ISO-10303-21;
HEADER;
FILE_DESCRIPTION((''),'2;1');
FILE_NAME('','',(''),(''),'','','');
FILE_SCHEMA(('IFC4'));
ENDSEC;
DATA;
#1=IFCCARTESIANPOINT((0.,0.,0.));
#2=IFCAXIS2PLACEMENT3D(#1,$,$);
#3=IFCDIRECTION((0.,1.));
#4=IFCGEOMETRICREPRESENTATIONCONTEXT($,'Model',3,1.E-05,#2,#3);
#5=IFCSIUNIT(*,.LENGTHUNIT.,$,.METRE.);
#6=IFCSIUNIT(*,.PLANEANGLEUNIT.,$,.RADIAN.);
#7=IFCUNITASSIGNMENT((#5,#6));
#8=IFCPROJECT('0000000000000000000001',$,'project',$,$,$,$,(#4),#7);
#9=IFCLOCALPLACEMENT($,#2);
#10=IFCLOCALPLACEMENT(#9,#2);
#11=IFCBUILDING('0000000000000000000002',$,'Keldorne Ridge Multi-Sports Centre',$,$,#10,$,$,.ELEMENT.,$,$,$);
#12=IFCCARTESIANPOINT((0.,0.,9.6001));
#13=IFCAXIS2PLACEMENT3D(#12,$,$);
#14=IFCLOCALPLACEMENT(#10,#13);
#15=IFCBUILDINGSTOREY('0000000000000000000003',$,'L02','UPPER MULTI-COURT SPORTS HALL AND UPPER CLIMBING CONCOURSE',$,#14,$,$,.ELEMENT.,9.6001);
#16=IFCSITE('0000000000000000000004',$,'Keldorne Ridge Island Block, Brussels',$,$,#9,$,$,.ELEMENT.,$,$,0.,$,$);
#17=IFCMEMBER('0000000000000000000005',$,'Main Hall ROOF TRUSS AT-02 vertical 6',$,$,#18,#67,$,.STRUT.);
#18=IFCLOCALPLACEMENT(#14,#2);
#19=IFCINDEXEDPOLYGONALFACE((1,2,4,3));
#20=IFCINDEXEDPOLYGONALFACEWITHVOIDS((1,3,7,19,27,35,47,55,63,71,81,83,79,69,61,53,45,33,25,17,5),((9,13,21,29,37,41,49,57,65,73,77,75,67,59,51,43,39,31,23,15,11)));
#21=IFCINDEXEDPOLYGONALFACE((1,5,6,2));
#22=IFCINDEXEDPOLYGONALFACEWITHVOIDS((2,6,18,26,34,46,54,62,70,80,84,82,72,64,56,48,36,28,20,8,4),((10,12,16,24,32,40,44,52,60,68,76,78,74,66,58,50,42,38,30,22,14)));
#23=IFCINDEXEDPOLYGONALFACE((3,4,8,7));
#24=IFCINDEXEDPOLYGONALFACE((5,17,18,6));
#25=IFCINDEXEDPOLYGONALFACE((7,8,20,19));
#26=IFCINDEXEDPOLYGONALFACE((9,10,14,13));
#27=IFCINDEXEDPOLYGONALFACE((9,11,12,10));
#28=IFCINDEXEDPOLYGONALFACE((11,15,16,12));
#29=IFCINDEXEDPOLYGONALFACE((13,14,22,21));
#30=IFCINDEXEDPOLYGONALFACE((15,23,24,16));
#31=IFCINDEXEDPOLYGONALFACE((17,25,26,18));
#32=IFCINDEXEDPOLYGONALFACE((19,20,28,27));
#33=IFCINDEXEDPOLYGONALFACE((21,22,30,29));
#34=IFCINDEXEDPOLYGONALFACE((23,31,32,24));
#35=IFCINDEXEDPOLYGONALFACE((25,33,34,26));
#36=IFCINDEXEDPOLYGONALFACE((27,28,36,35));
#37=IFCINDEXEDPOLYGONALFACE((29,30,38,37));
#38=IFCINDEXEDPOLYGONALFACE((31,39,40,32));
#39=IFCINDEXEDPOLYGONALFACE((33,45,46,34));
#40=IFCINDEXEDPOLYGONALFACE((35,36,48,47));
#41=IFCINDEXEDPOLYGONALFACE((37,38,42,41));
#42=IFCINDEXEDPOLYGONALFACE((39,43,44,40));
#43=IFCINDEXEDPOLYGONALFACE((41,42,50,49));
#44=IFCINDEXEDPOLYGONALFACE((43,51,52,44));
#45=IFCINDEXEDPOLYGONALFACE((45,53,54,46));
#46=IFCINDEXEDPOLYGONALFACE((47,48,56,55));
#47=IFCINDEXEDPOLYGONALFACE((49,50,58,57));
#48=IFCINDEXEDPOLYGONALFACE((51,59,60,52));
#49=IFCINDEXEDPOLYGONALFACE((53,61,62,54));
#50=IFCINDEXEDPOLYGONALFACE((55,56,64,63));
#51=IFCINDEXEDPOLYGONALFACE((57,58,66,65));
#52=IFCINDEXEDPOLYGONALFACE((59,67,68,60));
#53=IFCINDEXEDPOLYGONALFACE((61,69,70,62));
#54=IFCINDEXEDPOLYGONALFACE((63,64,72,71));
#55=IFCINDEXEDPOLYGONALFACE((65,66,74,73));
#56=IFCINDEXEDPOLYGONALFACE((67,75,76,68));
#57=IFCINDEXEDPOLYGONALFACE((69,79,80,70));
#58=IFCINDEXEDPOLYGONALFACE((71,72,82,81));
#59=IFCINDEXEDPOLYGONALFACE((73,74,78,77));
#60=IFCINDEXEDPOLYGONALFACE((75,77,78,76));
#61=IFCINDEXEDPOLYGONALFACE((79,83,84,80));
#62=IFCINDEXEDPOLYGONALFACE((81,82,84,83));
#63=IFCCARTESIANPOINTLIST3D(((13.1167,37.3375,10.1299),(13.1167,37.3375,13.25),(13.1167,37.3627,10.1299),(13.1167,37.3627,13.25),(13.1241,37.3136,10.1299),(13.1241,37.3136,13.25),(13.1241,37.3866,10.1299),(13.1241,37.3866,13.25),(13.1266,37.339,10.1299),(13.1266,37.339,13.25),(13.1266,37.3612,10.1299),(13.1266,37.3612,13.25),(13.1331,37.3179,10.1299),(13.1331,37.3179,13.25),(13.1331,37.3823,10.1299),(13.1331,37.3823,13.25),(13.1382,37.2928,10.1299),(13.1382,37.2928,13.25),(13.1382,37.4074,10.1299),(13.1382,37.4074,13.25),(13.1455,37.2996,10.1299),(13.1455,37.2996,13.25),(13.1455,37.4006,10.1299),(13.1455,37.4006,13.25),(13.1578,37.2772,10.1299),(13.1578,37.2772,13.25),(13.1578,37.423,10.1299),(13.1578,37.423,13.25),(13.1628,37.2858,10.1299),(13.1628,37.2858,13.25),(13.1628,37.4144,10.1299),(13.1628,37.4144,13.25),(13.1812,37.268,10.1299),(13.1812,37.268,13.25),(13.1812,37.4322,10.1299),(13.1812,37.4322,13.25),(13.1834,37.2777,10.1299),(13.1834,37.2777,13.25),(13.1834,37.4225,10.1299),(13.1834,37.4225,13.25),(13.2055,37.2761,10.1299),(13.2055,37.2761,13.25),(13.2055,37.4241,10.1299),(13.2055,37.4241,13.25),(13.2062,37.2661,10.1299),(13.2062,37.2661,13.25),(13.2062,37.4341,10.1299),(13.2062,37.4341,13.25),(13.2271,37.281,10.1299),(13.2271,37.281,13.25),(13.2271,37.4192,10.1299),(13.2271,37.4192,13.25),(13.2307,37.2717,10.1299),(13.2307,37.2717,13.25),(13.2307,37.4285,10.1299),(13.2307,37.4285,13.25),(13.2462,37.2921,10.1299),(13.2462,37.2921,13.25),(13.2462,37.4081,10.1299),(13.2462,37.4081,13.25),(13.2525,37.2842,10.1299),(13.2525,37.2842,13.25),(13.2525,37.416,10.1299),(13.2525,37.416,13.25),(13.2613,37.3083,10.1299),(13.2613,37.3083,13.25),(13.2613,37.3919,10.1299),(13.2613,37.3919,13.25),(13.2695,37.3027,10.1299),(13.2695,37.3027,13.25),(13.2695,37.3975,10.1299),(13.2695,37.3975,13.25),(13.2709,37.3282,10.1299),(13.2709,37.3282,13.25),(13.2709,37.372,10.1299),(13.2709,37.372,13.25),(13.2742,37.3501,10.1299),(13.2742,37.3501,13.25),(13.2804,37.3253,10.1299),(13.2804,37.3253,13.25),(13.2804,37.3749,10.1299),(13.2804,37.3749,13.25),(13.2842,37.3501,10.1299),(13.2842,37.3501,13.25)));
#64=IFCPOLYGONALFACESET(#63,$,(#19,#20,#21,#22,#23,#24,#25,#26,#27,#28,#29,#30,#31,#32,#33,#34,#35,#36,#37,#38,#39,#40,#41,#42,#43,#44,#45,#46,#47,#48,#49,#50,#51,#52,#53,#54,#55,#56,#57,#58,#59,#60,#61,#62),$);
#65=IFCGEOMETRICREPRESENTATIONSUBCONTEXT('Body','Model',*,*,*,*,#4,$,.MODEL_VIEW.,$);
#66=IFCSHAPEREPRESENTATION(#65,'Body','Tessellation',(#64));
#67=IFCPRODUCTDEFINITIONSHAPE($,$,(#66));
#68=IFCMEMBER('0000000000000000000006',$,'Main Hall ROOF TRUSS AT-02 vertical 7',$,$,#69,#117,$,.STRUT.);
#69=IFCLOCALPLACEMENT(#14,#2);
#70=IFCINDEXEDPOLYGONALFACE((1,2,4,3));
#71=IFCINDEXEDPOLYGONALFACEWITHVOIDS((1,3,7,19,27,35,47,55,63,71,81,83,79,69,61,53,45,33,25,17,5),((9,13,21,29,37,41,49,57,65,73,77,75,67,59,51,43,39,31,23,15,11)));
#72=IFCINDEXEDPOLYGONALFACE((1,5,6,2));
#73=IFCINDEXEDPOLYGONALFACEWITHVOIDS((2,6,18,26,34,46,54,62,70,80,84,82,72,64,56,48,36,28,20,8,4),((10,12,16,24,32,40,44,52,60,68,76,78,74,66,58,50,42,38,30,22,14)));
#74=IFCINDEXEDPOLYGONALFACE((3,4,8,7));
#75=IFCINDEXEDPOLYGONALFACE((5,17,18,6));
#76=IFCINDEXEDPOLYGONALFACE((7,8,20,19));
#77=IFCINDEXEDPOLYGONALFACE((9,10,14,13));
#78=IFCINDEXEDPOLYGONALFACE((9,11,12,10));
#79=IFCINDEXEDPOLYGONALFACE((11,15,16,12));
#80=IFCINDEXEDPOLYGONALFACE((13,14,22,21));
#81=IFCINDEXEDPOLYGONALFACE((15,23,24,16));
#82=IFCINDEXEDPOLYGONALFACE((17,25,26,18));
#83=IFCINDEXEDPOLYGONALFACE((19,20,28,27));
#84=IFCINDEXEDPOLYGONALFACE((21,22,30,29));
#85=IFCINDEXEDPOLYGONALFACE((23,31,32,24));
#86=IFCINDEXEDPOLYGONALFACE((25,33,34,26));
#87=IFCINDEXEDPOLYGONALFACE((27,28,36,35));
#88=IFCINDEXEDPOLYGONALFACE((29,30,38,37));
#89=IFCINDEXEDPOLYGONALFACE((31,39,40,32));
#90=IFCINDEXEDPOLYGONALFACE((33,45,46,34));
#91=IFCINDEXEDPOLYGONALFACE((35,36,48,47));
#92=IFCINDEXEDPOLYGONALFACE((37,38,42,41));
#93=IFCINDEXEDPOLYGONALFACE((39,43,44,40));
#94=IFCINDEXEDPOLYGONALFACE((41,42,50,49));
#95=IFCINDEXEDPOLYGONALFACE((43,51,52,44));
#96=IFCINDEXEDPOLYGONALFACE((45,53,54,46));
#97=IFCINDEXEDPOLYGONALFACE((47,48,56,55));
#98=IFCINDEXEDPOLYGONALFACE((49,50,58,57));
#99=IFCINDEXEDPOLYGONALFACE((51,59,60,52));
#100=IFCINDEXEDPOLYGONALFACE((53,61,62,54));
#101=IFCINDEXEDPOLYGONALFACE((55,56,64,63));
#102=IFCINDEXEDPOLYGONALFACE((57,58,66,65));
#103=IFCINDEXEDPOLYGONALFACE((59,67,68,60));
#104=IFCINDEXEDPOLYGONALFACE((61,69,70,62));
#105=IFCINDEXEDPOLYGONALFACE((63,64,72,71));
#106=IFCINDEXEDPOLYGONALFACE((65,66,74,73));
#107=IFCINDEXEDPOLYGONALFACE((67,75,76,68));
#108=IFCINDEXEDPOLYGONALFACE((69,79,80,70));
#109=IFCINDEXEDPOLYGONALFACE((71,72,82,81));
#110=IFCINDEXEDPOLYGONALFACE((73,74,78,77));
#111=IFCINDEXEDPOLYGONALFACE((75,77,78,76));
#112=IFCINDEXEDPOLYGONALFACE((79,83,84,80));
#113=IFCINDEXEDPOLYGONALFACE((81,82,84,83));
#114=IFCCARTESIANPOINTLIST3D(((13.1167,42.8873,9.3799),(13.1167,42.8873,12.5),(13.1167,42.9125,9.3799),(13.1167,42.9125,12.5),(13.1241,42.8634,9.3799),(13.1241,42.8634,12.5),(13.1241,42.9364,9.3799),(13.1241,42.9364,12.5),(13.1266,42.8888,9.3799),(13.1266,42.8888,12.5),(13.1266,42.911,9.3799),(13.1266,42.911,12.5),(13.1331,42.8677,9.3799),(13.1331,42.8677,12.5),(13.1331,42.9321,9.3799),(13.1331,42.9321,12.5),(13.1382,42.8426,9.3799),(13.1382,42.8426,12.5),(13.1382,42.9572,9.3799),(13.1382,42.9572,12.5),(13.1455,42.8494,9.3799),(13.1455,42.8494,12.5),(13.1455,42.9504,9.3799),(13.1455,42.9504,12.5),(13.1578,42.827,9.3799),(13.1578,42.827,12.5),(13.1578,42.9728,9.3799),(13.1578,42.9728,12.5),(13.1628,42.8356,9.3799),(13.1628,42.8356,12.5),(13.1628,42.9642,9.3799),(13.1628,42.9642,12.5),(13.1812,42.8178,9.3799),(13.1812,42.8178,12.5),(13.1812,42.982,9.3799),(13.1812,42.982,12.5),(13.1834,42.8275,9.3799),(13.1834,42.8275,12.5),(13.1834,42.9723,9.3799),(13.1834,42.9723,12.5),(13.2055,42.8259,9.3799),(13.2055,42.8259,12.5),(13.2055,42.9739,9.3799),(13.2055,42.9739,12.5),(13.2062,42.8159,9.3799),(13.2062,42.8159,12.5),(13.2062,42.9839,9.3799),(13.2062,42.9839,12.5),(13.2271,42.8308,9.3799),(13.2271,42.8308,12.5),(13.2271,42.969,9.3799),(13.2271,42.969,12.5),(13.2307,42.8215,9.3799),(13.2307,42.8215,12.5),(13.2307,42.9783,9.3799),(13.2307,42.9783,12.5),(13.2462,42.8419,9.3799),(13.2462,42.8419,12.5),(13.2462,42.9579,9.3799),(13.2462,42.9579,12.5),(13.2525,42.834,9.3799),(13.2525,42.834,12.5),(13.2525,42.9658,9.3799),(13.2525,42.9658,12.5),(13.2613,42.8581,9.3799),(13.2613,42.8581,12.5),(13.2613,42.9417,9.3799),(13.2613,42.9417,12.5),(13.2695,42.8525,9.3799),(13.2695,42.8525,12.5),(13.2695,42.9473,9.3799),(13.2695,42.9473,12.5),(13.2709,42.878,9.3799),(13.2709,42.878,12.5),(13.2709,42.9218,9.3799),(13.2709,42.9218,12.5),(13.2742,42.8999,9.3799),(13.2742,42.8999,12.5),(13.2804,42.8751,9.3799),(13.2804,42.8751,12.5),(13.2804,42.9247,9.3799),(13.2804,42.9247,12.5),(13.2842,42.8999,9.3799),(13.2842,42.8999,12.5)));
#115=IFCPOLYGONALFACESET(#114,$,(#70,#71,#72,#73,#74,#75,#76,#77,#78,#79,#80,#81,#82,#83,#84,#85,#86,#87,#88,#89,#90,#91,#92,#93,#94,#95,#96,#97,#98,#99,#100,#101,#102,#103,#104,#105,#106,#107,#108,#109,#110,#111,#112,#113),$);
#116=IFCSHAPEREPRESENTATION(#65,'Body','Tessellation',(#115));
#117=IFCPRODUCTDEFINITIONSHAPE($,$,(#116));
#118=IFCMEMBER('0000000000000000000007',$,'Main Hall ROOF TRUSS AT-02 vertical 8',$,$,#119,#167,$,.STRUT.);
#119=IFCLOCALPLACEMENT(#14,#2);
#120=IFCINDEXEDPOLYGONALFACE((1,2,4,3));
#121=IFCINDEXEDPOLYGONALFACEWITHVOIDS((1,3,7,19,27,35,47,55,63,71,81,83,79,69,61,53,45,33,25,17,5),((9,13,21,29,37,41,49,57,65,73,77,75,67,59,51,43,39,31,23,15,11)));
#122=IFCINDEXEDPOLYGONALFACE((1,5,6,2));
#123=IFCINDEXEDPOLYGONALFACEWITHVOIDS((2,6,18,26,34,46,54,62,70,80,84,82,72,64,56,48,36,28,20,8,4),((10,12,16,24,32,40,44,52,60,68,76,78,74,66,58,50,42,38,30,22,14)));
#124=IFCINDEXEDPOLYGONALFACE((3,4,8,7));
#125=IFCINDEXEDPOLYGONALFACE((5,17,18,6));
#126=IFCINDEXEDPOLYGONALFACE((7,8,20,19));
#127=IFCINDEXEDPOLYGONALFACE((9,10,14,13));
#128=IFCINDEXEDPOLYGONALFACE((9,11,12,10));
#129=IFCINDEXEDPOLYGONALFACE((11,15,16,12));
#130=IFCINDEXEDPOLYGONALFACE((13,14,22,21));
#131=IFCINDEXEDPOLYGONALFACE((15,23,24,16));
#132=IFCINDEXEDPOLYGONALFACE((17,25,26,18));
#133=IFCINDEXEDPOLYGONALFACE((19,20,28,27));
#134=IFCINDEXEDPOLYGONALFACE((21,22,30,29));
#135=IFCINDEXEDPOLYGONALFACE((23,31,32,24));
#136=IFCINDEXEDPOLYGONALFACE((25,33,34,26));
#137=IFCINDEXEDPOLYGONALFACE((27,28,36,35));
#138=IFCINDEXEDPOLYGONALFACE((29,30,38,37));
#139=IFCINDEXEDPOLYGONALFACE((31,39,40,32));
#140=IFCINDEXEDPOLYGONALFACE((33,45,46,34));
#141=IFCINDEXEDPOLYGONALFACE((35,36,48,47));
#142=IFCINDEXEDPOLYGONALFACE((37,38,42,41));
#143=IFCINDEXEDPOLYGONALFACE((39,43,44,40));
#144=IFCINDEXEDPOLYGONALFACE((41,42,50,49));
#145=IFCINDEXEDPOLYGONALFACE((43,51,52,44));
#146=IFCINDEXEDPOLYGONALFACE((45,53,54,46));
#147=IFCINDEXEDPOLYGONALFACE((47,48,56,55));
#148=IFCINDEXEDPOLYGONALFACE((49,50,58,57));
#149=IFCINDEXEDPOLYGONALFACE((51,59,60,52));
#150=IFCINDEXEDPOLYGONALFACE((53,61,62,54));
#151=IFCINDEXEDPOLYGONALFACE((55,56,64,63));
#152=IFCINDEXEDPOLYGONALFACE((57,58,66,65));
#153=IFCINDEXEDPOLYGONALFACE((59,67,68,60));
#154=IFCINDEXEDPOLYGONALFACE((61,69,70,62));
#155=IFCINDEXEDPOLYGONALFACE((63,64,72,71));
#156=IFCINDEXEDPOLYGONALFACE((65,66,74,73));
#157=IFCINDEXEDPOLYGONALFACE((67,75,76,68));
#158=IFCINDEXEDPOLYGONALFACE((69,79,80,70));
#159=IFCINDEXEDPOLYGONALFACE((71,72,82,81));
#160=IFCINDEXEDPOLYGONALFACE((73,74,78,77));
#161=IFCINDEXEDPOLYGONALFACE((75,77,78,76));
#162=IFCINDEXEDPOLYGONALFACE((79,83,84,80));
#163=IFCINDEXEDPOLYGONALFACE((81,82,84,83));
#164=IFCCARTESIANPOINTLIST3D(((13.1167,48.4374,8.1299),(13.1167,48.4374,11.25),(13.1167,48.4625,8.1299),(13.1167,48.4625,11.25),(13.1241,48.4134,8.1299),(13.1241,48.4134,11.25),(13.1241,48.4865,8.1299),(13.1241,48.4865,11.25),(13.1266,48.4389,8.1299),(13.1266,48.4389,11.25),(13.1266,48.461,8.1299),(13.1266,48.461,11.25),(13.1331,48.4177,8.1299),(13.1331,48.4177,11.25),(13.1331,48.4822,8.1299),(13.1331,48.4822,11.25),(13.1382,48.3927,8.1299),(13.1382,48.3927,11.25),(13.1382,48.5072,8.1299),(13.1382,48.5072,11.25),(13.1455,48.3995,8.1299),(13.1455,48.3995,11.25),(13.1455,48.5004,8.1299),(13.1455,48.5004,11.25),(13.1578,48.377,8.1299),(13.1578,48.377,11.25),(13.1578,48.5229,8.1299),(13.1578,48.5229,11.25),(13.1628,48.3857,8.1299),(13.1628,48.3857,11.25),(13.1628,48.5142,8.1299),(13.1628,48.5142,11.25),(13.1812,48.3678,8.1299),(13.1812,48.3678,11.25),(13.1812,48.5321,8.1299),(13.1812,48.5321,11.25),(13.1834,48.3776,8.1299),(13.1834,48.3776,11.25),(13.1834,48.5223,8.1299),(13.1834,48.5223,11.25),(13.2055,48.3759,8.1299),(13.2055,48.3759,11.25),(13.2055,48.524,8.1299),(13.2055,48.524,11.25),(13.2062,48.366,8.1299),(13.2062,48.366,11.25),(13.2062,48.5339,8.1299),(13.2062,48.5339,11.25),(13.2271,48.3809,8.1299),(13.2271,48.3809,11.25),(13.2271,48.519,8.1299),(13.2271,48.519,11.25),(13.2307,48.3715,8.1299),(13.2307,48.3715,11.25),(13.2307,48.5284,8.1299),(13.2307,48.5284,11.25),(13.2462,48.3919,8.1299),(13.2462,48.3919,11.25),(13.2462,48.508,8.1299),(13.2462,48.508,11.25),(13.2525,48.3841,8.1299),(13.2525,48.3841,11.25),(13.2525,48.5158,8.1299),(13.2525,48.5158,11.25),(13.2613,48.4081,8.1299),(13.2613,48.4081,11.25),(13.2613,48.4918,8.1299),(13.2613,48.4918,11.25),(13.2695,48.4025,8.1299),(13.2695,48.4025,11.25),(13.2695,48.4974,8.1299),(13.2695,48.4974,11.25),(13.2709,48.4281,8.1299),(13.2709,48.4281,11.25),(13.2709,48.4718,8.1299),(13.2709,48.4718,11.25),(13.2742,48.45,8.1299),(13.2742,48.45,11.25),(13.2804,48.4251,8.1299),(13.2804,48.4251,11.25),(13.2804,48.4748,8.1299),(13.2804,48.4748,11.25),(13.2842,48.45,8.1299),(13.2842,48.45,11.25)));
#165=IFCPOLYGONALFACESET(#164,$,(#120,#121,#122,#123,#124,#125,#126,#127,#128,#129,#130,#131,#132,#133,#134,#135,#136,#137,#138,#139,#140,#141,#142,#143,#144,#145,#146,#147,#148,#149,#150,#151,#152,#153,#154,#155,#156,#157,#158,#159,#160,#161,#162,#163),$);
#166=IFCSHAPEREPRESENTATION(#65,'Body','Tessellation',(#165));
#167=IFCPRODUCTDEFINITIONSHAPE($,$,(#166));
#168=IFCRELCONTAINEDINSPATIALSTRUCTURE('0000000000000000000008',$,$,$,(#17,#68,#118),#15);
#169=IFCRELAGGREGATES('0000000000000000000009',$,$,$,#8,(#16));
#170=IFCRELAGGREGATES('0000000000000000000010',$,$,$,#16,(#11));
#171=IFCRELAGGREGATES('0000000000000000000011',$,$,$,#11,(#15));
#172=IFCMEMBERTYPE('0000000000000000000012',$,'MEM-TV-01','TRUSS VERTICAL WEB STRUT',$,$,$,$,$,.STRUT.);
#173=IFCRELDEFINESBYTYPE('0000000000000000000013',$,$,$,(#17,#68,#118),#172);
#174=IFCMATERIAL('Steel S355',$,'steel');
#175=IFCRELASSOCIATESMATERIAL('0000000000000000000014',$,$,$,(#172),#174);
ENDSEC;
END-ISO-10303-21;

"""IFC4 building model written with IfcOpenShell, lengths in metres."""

from ifc_helpers import new_model, si_unit, direction, frame, origin, origin_2d, place, context, subcontext, project, spatial, hollow_circle, extrude, material, material_profile, profile_set, type_object, element, save


model = new_model("IFC4")

# Units and contexts
model_context = context("Model", 3, precision=1e-05, world=origin(), true_north=direction((0.0, 1.0)))
body_context = subcontext(model_context, "Body", "Model", "MODEL_VIEW")
ifc_project = project(units=[si_unit("LENGTHUNIT", "METRE"), si_unit("PLANEANGLEUNIT", "RADIAN")], contexts=[model_context])

# Site, building, storey
site_placement = place(None, origin())
site = spatial("IfcSite", under=ifc_project, at=site_placement, Name="Keldorne Ridge Island Block, Brussels", CompositionType="ELEMENT", RefElevation=0.0)
building_placement = place(site_placement, origin())
building = spatial("IfcBuilding", under=site, at=building_placement, Name="Keldorne Ridge Multi-Sports Centre", CompositionType="ELEMENT")
storey_placement = place(building_placement, frame((0.0, 0.0, 9.6001)))
storey = spatial("IfcBuildingStorey", under=building, at=storey_placement, Name="L02", Description="UPPER MULTI-COURT SPORTS HALL AND UPPER CLIMBING CONCOURSE", CompositionType="ELEMENT", Elevation=9.6001)

# Members
ifc_material = material(Name="Steel S355", Category="steel")
ifc_material_profile_1 = material_profile(ifc_material, hollow_circle(Radius=0.0842, WallThickness=0.01, at=origin_2d()), Name="CHS 168.3x10")
ifc_profile_set_1 = profile_set([ifc_material_profile_1], Name="Steel S355")
member_type_1 = type_object("IfcMemberType", Name="MEM-TV-01", Description="TRUSS VERTICAL WEB STRUT", PredefinedType="STRUT", material=ifc_profile_set_1)
for number, where, z_axis, x_axis, name in (
    (1, (13.2, 37.3501, 10.1299), (0.0, 0.0, 1.0), (1.0, 0.0, 0.0), "Main Hall ROOF TRUSS AT-02 vertical 6"),
    (2, (13.2, 42.8999, 9.3799), (0.0, 0.0, 1.0), (1.0, 0.0, 0.0), "Main Hall ROOF TRUSS AT-02 vertical 7"),
    (3, (13.2, 48.45, 8.1299), (0.0, 0.0, 1.0), (1.0, 0.0, 0.0), "Main Hall ROOF TRUSS AT-02 vertical 8"),
):
    element("IfcMember", number, at=place(storey_placement, frame(where, z_axis=z_axis, x_axis=x_axis)), inside=storey, type_object=member_type_1, Name=name, PredefinedType="STRUT", context=body_context, shape_type="SweptSolid", body=[
        extrude(hollow_circle(Radius=0.0842, WallThickness=0.01, at=origin_2d()), origin(), (0.0, 0.0, 1.0), 3.1201),
    ])

save(model, "model.ifc")
